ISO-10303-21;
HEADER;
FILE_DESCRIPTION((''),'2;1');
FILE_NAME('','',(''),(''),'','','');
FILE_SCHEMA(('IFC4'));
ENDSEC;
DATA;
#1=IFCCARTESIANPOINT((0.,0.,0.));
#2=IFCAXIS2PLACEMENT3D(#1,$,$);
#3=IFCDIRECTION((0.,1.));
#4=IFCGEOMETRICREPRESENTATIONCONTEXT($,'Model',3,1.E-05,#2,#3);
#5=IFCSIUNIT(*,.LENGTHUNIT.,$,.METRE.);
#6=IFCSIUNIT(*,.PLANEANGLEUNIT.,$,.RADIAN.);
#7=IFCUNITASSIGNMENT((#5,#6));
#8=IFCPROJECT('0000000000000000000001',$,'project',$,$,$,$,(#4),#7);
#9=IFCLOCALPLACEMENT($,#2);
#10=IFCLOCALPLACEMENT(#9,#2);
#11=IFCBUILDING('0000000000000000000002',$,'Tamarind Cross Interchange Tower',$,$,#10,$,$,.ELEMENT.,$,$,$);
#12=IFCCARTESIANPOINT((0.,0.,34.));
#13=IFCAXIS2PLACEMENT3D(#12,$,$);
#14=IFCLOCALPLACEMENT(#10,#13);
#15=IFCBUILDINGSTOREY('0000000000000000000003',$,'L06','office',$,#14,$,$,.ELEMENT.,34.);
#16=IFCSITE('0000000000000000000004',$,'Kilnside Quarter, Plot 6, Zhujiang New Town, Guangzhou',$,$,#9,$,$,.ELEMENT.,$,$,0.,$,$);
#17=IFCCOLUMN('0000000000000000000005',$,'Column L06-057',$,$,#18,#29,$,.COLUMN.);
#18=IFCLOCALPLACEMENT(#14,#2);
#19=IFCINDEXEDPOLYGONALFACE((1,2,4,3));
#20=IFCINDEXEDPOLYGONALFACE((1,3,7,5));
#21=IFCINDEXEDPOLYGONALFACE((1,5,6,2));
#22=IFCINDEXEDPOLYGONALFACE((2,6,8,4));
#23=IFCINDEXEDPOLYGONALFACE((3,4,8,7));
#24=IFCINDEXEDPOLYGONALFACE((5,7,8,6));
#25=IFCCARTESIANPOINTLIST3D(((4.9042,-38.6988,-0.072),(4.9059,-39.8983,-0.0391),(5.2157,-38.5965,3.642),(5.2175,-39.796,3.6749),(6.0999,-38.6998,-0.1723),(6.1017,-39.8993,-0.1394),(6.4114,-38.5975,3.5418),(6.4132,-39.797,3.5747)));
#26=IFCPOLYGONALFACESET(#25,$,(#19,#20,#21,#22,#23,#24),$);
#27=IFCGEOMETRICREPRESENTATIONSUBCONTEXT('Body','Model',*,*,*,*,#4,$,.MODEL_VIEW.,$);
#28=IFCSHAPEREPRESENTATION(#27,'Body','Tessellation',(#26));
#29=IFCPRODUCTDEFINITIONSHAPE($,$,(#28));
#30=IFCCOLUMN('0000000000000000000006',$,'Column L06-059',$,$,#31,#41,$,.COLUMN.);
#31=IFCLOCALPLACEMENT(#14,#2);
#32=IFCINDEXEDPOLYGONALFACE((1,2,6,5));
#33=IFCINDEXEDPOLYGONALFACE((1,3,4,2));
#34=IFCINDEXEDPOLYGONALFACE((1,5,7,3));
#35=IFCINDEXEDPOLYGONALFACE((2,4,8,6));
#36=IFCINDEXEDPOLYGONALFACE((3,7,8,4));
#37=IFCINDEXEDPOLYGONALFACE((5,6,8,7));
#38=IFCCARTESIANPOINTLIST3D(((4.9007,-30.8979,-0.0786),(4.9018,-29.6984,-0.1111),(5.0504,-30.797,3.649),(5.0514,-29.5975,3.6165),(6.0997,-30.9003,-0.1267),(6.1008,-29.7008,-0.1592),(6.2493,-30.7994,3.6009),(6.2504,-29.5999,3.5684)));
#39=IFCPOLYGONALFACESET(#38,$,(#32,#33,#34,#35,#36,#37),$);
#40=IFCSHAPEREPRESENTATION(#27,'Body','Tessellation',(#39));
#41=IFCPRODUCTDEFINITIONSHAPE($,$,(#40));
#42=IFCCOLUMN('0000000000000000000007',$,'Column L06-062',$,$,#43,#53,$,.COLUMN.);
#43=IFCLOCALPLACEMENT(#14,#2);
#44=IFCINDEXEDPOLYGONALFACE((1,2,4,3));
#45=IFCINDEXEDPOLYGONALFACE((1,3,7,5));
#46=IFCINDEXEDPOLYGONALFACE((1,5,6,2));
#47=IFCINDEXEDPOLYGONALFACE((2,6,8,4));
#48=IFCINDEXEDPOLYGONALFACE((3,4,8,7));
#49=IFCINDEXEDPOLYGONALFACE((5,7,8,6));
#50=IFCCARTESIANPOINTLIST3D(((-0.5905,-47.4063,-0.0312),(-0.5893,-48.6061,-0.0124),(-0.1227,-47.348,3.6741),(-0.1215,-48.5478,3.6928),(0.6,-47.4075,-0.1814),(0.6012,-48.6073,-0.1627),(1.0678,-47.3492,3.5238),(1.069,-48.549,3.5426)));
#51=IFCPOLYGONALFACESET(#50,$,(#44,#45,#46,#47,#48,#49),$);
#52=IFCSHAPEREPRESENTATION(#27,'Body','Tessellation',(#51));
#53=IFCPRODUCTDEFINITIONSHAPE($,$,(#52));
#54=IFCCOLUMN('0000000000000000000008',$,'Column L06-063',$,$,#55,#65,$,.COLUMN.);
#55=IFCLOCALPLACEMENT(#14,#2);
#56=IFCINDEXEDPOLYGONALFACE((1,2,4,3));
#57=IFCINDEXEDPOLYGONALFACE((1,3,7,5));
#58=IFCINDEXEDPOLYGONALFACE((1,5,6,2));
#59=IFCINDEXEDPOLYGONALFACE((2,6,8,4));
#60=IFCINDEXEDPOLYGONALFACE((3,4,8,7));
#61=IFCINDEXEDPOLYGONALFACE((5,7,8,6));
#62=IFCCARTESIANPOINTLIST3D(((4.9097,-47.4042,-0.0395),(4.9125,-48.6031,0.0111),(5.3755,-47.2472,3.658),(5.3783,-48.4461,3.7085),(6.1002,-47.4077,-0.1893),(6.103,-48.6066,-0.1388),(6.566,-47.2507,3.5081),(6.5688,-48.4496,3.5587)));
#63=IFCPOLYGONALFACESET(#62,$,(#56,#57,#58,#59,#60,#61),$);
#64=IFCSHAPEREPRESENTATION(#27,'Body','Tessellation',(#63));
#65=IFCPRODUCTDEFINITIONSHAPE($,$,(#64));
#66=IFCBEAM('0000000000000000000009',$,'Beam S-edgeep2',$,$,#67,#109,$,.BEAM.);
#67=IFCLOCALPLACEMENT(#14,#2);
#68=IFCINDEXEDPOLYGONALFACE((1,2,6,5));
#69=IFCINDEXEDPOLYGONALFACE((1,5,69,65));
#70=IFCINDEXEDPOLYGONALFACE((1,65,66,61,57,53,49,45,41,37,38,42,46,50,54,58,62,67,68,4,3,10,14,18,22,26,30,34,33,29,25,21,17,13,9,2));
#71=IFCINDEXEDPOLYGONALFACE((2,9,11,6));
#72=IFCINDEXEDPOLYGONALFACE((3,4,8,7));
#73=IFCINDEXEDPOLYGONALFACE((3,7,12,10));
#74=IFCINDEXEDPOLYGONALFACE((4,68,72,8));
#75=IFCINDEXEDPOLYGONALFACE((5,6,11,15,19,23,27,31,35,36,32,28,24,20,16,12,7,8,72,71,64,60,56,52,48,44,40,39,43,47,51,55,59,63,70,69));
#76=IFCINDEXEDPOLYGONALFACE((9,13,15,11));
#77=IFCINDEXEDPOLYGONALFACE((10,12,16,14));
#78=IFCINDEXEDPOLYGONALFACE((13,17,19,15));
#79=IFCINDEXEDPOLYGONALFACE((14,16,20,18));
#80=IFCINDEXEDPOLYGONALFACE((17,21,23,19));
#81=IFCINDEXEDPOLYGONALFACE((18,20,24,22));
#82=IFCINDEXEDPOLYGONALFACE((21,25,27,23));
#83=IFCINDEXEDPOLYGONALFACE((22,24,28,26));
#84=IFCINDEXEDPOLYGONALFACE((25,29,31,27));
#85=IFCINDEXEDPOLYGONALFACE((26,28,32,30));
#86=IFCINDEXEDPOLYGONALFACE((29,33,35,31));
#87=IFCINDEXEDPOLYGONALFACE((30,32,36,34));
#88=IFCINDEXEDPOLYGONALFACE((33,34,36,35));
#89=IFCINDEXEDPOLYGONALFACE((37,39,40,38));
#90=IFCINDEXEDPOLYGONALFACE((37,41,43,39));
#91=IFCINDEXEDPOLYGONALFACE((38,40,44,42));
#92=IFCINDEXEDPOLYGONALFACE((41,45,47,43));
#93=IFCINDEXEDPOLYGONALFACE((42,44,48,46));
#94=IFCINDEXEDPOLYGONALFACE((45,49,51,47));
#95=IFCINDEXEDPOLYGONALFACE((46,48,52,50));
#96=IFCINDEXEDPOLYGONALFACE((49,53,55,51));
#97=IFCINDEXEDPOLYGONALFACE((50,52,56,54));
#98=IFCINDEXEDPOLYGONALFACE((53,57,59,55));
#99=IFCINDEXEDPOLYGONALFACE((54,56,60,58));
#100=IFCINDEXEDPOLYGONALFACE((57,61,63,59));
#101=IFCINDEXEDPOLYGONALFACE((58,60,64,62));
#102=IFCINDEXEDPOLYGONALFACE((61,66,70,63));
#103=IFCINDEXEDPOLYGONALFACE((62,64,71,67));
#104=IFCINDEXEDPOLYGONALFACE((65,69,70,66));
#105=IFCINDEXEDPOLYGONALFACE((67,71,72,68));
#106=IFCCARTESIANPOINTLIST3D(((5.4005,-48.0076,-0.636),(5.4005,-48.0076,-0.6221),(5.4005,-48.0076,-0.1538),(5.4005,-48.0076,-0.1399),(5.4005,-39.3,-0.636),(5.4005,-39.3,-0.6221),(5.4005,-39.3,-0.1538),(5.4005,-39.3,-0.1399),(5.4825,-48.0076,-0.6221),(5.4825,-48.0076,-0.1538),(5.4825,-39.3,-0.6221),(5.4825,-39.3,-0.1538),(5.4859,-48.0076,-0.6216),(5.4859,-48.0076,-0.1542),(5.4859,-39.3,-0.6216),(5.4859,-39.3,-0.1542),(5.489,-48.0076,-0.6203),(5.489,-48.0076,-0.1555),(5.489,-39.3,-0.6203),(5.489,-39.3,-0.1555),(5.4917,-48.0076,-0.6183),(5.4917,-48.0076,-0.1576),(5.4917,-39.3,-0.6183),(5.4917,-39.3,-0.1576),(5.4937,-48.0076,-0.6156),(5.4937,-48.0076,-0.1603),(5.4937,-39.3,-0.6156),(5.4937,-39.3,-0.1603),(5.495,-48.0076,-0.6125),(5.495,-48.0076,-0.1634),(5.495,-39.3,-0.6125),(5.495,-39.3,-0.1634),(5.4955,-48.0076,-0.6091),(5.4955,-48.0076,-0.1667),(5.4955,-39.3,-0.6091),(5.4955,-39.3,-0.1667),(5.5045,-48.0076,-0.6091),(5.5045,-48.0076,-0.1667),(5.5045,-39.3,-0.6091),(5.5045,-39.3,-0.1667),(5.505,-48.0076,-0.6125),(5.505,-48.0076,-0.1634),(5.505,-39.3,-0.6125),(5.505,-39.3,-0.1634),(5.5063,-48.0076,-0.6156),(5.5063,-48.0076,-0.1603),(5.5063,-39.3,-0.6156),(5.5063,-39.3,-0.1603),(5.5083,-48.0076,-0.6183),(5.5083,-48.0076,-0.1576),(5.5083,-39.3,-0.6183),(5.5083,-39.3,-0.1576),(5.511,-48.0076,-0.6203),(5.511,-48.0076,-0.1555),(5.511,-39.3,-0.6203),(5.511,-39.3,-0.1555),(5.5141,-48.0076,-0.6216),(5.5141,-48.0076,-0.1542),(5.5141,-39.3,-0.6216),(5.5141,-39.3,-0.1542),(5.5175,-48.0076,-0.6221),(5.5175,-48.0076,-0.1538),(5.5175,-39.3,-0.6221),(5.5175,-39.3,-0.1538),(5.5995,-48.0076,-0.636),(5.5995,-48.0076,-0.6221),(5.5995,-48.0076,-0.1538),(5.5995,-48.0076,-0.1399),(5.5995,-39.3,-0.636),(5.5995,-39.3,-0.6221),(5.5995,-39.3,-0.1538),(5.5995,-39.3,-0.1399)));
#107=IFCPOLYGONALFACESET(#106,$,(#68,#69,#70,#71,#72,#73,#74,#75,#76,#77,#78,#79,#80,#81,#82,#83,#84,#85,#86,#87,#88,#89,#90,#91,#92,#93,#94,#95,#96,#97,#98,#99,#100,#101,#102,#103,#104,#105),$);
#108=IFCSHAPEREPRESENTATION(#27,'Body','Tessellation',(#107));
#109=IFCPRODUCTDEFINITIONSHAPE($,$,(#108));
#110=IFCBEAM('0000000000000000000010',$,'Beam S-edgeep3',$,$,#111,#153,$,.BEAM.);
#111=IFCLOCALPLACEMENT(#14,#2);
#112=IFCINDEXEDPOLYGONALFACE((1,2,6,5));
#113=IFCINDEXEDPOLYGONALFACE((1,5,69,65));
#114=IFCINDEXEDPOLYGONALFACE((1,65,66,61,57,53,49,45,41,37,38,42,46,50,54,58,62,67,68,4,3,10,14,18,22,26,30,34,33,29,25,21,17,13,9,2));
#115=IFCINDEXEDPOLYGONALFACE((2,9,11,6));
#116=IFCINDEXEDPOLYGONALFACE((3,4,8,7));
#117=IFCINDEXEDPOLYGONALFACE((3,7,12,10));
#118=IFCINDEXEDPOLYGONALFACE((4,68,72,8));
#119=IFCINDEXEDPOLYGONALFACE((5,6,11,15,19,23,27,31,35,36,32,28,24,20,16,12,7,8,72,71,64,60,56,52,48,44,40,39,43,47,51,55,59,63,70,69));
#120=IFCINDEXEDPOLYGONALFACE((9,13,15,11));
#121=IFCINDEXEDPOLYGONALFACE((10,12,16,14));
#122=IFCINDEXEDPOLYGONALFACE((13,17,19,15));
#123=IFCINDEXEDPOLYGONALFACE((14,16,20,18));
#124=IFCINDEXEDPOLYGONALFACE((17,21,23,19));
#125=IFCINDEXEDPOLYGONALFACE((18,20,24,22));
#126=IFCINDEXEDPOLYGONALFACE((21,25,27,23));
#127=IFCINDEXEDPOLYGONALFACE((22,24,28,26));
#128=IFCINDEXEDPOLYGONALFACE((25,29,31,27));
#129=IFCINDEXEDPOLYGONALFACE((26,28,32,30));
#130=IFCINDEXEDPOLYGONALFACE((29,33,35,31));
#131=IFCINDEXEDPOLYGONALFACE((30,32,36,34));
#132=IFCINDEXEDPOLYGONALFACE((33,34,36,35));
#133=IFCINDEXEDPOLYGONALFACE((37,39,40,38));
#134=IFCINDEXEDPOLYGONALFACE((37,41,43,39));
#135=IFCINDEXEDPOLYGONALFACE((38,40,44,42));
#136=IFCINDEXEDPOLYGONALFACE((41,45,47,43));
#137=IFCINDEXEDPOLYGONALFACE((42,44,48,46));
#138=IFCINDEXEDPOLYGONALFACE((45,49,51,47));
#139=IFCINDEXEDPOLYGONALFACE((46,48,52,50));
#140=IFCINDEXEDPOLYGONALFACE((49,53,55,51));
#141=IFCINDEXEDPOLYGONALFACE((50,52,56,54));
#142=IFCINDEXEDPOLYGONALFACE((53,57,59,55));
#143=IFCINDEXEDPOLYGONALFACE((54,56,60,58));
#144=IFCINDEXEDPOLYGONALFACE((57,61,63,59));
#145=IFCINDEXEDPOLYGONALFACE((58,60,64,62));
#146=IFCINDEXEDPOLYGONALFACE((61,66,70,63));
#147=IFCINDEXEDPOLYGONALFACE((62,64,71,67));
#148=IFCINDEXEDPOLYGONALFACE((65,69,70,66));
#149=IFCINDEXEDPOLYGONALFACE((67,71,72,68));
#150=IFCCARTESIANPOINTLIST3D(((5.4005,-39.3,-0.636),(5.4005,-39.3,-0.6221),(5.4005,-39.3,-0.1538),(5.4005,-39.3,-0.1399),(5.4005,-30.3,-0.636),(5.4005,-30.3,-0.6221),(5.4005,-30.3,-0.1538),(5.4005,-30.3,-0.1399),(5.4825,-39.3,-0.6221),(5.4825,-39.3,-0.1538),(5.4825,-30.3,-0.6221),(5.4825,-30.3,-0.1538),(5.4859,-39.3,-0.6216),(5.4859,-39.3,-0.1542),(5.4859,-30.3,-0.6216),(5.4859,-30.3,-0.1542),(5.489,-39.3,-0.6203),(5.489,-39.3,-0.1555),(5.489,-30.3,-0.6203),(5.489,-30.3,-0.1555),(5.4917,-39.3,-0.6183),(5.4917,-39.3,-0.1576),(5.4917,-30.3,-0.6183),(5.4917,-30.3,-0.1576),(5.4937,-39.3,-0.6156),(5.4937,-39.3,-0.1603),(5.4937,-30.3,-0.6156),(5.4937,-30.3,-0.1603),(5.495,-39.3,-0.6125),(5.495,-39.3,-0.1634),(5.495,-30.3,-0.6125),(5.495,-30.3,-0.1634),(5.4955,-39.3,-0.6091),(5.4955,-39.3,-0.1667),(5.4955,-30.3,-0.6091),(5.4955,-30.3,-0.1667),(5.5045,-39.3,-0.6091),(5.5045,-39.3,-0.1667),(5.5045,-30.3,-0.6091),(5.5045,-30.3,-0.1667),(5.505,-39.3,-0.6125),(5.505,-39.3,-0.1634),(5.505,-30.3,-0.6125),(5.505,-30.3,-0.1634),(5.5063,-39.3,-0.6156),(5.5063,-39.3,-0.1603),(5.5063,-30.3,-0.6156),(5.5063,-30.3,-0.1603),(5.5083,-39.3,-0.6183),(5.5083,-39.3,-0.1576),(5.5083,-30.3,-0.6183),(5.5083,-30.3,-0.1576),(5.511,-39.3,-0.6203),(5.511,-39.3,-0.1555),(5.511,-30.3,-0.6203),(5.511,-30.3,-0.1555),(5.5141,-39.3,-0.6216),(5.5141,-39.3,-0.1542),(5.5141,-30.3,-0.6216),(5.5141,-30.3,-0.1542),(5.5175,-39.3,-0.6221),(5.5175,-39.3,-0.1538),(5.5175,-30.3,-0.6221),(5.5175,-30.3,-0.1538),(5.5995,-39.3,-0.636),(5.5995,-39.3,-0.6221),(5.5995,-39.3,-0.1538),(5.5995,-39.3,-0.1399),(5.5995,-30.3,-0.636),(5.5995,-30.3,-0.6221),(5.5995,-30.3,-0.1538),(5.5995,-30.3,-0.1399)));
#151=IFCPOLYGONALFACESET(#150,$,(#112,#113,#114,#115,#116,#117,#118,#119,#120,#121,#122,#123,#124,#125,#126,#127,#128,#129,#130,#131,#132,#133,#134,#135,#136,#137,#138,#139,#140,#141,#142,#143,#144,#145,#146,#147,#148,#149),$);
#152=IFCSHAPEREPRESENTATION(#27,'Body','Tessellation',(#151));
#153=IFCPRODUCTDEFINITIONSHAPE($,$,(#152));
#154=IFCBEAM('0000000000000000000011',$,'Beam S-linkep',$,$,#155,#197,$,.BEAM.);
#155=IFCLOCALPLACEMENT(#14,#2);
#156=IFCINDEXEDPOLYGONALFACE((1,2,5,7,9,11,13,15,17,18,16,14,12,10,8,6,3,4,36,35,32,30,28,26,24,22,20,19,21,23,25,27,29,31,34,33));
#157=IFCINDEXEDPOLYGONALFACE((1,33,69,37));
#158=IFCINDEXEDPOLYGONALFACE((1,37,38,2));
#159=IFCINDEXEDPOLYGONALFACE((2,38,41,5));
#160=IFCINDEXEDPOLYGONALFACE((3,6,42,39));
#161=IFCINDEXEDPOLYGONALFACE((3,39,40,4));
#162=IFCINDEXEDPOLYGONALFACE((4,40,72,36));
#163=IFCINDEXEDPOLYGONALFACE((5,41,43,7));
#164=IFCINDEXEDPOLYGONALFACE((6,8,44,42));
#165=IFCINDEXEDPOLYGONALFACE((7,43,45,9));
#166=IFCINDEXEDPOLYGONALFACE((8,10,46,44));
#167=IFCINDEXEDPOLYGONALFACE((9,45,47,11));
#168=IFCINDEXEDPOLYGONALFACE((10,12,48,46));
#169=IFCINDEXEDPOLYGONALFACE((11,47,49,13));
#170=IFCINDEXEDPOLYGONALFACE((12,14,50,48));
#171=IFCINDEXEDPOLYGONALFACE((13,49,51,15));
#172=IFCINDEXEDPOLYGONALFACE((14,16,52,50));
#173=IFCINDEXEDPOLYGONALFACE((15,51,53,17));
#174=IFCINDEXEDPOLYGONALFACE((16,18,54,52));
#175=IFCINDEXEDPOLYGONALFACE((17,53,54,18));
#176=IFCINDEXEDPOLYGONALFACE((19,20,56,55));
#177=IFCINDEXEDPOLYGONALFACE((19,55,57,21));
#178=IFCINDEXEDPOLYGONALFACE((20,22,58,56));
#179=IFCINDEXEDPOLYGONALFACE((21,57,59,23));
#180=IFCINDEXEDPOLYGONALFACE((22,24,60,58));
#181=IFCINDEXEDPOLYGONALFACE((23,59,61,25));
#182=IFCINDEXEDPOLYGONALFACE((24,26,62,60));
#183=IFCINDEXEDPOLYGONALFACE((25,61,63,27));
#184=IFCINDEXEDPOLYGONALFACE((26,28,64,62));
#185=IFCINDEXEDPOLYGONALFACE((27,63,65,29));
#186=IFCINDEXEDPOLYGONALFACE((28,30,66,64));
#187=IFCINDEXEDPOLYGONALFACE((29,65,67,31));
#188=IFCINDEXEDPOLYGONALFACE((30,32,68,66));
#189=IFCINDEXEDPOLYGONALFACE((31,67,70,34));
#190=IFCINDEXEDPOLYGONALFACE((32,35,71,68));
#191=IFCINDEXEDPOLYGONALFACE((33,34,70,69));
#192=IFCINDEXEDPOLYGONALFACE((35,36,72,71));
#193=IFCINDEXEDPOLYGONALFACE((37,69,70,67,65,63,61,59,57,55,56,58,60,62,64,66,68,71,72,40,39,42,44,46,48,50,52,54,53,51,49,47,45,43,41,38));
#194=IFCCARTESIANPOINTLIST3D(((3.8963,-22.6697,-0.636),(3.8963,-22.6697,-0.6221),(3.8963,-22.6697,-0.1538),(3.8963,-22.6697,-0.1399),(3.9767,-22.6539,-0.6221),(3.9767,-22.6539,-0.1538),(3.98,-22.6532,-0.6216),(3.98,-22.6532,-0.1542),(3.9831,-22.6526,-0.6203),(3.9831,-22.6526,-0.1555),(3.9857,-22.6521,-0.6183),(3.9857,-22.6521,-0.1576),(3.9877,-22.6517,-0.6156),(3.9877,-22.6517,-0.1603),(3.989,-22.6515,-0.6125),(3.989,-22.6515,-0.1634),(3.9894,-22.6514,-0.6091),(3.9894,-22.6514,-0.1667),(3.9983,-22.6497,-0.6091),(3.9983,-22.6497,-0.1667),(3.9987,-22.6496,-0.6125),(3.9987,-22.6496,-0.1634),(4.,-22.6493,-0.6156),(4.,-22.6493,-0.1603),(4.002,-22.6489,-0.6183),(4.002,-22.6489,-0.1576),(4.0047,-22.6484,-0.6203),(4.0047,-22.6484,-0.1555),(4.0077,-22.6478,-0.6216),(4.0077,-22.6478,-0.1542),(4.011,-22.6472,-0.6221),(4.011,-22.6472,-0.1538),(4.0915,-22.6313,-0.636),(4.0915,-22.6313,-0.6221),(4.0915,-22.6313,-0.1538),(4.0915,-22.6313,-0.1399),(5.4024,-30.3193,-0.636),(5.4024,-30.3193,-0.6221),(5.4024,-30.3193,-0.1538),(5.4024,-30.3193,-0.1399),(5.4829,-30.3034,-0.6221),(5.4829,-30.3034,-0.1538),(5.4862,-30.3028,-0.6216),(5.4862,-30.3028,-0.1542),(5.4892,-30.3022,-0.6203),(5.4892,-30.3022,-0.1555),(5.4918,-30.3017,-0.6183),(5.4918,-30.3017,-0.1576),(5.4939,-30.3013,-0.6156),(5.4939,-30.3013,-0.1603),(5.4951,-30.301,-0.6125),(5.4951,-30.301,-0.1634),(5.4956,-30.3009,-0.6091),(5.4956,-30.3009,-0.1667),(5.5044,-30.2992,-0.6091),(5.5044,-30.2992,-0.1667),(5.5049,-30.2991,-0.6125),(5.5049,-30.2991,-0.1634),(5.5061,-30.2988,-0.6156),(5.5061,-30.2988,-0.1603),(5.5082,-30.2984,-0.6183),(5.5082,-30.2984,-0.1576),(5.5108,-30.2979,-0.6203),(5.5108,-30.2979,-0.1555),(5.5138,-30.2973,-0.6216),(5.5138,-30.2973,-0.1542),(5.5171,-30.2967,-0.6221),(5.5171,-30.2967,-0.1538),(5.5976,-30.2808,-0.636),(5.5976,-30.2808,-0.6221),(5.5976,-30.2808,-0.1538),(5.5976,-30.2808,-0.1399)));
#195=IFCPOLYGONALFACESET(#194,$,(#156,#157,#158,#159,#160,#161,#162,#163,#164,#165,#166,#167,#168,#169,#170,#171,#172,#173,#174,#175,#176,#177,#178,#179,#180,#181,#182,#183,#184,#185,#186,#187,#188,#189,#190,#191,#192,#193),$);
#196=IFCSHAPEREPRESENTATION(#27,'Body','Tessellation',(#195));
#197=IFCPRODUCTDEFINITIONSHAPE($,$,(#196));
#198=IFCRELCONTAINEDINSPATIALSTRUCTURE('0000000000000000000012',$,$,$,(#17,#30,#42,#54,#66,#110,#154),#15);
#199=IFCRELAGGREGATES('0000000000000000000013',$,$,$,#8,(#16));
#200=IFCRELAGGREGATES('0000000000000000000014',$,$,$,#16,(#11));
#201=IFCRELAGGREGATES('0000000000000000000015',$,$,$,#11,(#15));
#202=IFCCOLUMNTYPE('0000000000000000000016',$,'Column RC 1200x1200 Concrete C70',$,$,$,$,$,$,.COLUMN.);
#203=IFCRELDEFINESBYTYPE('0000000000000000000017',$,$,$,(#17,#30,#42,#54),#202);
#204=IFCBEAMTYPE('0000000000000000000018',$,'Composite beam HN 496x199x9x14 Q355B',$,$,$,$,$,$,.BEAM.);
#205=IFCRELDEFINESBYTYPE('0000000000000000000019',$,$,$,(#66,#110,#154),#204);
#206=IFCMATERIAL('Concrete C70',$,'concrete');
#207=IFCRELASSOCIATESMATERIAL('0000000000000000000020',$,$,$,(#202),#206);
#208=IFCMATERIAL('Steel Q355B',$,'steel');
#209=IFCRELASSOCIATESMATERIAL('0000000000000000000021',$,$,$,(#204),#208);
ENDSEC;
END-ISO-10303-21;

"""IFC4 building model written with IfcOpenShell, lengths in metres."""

from ifc_helpers import new_model, si_unit, direction, frame, origin, origin_2d, place, context, subcontext, project, spatial, rectangle, i_section, extrude, material, material_profile, profile_set, type_object, element, save


model = new_model("IFC4")

# Units and contexts
model_context = context("Model", 3, precision=1e-05, world=origin(), true_north=direction((0.0, 1.0)))
body_context = subcontext(model_context, "Body", "Model", "MODEL_VIEW")
ifc_project = project(units=[si_unit("LENGTHUNIT", "METRE"), si_unit("PLANEANGLEUNIT", "RADIAN")], contexts=[model_context])

# Site, building, storey
site_placement = place(None, origin())
site = spatial("IfcSite", under=ifc_project, at=site_placement, Name="Kilnside Quarter, Plot 6, Zhujiang New Town, Guangzhou", CompositionType="ELEMENT", RefElevation=0.0)
building_placement = place(site_placement, origin())
building = spatial("IfcBuilding", under=site, at=building_placement, Name="Tamarind Cross Interchange Tower", CompositionType="ELEMENT")
storey_placement = place(building_placement, frame((0.0, 0.0, 34.0)))
storey = spatial("IfcBuildingStorey", under=building, at=storey_placement, Name="L06", Description="office", CompositionType="ELEMENT", Elevation=34.0)

# Columns
ifc_material_1 = material(Name="Concrete C70", Category="concrete")
ifc_material_profile_1 = material_profile(ifc_material_1, rectangle(XDim=1.2, YDim=1.2, at=origin_2d()), Name="RC 1200x1200")
ifc_profile_set_1 = profile_set([ifc_material_profile_1], Name="Concrete C70")
column_type = type_object("IfcColumnType", Name="Column RC 1200x1200 Concrete C70", PredefinedType="COLUMN", material=ifc_profile_set_1)
column_1_placement = place(storey_placement, frame((5.5029, -39.2991, -0.1057), z_axis=(0.083551, 0.027436, 0.996126), x_axis=(-0.996502, 0.000803, 0.08356)))
element("IfcColumn", 1, at=column_1_placement, inside=storey, type_object=column_type, Name="Column L06-057", PredefinedType="COLUMN", context=body_context, shape_type="SweptSolid", body=[
    extrude(rectangle(XDim=1.2, YDim=1.2, at=origin_2d()), origin(), (0.0, 0.0, 1.0), 3.7285),
])
column_2_placement = place(storey_placement, frame((5.5007, -30.2993, -0.1189), z_axis=(0.040102, 0.027018, 0.99883), x_axis=(-0.999195, 0.001996, 0.040063)))
element("IfcColumn", 2, at=column_2_placement, inside=storey, type_object=column_type, Name="Column L06-059", PredefinedType="COLUMN", context=body_context, shape_type="SweptSolid", body=[
    extrude(rectangle(XDim=1.2, YDim=1.2, at=origin_2d()), origin(), (0.0, 0.0, 1.0), 3.7319),
])
column_3_placement = place(storey_placement, frame((0.0054, -48.0068, -0.0969), z_axis=(0.125234, 0.015622, 0.992004), x_axis=(-0.992127, 0.000996, 0.125234)))
element("IfcColumn", 3, at=column_3_placement, inside=storey, type_object=column_type, Name="Column L06-062", PredefinedType="COLUMN", context=body_context, shape_type="SweptSolid", body=[
    extrude(rectangle(XDim=1.2, YDim=1.2, at=origin_2d()), origin(), (0.0, 0.0, 1.0), 3.7351),
])
column_4_placement = place(storey_placement, frame((5.5063, -48.0054, -0.0891), z_axis=(0.124883, 0.042086, 0.991278), x_axis=(-0.992169, 0.002931, 0.124871)))
element("IfcColumn", 4, at=column_4_placement, inside=storey, type_object=column_type, Name="Column L06-063", PredefinedType="COLUMN", context=body_context, shape_type="SweptSolid", body=[
    extrude(rectangle(XDim=1.2, YDim=1.2, at=origin_2d()), origin(), (0.0, 0.0, 1.0), 3.73),
])

# Beams
ifc_material_2 = material(Name="Steel Q355B", Category="steel")
ifc_material_profile_2 = material_profile(ifc_material_2, i_section(OverallWidth=0.199, OverallDepth=0.4961, WebThickness=0.009, FlangeThickness=0.0139, FilletRadius=0.0129, at=origin_2d()), Name="HN 496x199x9x14")
ifc_profile_set_2 = profile_set([ifc_material_profile_2], Name="Steel Q355B")
beam_type = type_object("IfcBeamType", Name="Composite beam HN 496x199x9x14 Q355B", PredefinedType="BEAM", material=ifc_profile_set_2)
beam_1_placement = place(storey_placement, frame((5.5, -48.0076, -0.3879), z_axis=(0.0, 1.0, 0.0), x_axis=(-1.0, 0.0, 0.0)))
element("IfcBeam", 5, at=beam_1_placement, inside=storey, type_object=beam_type, Name="Beam S-edgeep2", PredefinedType="BEAM", context=body_context, shape_type="SweptSolid", body=[
    extrude(i_section(OverallWidth=0.199, OverallDepth=0.4961, WebThickness=0.009, FlangeThickness=0.0139, FilletRadius=0.0129, at=origin_2d()), origin(), (0.0, 0.0, 1.0), 8.7075),
])
beam_2_placement = place(storey_placement, frame((5.5, -39.3, -0.3879), z_axis=(0.0, 1.0, 0.0), x_axis=(-1.0, 0.0, 0.0)))
element("IfcBeam", 6, at=beam_2_placement, inside=storey, type_object=beam_type, Name="Beam S-edgeep3", PredefinedType="BEAM", context=body_context, shape_type="SweptSolid", body=[
    extrude(i_section(OverallWidth=0.199, OverallDepth=0.4961, WebThickness=0.009, FlangeThickness=0.0139, FilletRadius=0.0129, at=origin_2d()), origin(), (0.0, 0.0, 1.0), 9.0),
])
beam_3_placement = place(storey_placement, frame((5.5, -30.3, -0.3879), z_axis=(-0.193182, 0.981163, 0.0), x_axis=(-0.981163, -0.193182, 0.0)))
element("IfcBeam", 7, at=beam_3_placement, inside=storey, type_object=beam_type, Name="Beam S-linkep", PredefinedType="BEAM", context=body_context, shape_type="SweptSolid", body=[
    extrude(i_section(OverallWidth=0.199, OverallDepth=0.4961, WebThickness=0.009, FlangeThickness=0.0139, FilletRadius=0.0129, at=origin_2d()), origin(), (0.0, 0.0, 1.0), 7.7964),
])

save(model, "model.ifc")
